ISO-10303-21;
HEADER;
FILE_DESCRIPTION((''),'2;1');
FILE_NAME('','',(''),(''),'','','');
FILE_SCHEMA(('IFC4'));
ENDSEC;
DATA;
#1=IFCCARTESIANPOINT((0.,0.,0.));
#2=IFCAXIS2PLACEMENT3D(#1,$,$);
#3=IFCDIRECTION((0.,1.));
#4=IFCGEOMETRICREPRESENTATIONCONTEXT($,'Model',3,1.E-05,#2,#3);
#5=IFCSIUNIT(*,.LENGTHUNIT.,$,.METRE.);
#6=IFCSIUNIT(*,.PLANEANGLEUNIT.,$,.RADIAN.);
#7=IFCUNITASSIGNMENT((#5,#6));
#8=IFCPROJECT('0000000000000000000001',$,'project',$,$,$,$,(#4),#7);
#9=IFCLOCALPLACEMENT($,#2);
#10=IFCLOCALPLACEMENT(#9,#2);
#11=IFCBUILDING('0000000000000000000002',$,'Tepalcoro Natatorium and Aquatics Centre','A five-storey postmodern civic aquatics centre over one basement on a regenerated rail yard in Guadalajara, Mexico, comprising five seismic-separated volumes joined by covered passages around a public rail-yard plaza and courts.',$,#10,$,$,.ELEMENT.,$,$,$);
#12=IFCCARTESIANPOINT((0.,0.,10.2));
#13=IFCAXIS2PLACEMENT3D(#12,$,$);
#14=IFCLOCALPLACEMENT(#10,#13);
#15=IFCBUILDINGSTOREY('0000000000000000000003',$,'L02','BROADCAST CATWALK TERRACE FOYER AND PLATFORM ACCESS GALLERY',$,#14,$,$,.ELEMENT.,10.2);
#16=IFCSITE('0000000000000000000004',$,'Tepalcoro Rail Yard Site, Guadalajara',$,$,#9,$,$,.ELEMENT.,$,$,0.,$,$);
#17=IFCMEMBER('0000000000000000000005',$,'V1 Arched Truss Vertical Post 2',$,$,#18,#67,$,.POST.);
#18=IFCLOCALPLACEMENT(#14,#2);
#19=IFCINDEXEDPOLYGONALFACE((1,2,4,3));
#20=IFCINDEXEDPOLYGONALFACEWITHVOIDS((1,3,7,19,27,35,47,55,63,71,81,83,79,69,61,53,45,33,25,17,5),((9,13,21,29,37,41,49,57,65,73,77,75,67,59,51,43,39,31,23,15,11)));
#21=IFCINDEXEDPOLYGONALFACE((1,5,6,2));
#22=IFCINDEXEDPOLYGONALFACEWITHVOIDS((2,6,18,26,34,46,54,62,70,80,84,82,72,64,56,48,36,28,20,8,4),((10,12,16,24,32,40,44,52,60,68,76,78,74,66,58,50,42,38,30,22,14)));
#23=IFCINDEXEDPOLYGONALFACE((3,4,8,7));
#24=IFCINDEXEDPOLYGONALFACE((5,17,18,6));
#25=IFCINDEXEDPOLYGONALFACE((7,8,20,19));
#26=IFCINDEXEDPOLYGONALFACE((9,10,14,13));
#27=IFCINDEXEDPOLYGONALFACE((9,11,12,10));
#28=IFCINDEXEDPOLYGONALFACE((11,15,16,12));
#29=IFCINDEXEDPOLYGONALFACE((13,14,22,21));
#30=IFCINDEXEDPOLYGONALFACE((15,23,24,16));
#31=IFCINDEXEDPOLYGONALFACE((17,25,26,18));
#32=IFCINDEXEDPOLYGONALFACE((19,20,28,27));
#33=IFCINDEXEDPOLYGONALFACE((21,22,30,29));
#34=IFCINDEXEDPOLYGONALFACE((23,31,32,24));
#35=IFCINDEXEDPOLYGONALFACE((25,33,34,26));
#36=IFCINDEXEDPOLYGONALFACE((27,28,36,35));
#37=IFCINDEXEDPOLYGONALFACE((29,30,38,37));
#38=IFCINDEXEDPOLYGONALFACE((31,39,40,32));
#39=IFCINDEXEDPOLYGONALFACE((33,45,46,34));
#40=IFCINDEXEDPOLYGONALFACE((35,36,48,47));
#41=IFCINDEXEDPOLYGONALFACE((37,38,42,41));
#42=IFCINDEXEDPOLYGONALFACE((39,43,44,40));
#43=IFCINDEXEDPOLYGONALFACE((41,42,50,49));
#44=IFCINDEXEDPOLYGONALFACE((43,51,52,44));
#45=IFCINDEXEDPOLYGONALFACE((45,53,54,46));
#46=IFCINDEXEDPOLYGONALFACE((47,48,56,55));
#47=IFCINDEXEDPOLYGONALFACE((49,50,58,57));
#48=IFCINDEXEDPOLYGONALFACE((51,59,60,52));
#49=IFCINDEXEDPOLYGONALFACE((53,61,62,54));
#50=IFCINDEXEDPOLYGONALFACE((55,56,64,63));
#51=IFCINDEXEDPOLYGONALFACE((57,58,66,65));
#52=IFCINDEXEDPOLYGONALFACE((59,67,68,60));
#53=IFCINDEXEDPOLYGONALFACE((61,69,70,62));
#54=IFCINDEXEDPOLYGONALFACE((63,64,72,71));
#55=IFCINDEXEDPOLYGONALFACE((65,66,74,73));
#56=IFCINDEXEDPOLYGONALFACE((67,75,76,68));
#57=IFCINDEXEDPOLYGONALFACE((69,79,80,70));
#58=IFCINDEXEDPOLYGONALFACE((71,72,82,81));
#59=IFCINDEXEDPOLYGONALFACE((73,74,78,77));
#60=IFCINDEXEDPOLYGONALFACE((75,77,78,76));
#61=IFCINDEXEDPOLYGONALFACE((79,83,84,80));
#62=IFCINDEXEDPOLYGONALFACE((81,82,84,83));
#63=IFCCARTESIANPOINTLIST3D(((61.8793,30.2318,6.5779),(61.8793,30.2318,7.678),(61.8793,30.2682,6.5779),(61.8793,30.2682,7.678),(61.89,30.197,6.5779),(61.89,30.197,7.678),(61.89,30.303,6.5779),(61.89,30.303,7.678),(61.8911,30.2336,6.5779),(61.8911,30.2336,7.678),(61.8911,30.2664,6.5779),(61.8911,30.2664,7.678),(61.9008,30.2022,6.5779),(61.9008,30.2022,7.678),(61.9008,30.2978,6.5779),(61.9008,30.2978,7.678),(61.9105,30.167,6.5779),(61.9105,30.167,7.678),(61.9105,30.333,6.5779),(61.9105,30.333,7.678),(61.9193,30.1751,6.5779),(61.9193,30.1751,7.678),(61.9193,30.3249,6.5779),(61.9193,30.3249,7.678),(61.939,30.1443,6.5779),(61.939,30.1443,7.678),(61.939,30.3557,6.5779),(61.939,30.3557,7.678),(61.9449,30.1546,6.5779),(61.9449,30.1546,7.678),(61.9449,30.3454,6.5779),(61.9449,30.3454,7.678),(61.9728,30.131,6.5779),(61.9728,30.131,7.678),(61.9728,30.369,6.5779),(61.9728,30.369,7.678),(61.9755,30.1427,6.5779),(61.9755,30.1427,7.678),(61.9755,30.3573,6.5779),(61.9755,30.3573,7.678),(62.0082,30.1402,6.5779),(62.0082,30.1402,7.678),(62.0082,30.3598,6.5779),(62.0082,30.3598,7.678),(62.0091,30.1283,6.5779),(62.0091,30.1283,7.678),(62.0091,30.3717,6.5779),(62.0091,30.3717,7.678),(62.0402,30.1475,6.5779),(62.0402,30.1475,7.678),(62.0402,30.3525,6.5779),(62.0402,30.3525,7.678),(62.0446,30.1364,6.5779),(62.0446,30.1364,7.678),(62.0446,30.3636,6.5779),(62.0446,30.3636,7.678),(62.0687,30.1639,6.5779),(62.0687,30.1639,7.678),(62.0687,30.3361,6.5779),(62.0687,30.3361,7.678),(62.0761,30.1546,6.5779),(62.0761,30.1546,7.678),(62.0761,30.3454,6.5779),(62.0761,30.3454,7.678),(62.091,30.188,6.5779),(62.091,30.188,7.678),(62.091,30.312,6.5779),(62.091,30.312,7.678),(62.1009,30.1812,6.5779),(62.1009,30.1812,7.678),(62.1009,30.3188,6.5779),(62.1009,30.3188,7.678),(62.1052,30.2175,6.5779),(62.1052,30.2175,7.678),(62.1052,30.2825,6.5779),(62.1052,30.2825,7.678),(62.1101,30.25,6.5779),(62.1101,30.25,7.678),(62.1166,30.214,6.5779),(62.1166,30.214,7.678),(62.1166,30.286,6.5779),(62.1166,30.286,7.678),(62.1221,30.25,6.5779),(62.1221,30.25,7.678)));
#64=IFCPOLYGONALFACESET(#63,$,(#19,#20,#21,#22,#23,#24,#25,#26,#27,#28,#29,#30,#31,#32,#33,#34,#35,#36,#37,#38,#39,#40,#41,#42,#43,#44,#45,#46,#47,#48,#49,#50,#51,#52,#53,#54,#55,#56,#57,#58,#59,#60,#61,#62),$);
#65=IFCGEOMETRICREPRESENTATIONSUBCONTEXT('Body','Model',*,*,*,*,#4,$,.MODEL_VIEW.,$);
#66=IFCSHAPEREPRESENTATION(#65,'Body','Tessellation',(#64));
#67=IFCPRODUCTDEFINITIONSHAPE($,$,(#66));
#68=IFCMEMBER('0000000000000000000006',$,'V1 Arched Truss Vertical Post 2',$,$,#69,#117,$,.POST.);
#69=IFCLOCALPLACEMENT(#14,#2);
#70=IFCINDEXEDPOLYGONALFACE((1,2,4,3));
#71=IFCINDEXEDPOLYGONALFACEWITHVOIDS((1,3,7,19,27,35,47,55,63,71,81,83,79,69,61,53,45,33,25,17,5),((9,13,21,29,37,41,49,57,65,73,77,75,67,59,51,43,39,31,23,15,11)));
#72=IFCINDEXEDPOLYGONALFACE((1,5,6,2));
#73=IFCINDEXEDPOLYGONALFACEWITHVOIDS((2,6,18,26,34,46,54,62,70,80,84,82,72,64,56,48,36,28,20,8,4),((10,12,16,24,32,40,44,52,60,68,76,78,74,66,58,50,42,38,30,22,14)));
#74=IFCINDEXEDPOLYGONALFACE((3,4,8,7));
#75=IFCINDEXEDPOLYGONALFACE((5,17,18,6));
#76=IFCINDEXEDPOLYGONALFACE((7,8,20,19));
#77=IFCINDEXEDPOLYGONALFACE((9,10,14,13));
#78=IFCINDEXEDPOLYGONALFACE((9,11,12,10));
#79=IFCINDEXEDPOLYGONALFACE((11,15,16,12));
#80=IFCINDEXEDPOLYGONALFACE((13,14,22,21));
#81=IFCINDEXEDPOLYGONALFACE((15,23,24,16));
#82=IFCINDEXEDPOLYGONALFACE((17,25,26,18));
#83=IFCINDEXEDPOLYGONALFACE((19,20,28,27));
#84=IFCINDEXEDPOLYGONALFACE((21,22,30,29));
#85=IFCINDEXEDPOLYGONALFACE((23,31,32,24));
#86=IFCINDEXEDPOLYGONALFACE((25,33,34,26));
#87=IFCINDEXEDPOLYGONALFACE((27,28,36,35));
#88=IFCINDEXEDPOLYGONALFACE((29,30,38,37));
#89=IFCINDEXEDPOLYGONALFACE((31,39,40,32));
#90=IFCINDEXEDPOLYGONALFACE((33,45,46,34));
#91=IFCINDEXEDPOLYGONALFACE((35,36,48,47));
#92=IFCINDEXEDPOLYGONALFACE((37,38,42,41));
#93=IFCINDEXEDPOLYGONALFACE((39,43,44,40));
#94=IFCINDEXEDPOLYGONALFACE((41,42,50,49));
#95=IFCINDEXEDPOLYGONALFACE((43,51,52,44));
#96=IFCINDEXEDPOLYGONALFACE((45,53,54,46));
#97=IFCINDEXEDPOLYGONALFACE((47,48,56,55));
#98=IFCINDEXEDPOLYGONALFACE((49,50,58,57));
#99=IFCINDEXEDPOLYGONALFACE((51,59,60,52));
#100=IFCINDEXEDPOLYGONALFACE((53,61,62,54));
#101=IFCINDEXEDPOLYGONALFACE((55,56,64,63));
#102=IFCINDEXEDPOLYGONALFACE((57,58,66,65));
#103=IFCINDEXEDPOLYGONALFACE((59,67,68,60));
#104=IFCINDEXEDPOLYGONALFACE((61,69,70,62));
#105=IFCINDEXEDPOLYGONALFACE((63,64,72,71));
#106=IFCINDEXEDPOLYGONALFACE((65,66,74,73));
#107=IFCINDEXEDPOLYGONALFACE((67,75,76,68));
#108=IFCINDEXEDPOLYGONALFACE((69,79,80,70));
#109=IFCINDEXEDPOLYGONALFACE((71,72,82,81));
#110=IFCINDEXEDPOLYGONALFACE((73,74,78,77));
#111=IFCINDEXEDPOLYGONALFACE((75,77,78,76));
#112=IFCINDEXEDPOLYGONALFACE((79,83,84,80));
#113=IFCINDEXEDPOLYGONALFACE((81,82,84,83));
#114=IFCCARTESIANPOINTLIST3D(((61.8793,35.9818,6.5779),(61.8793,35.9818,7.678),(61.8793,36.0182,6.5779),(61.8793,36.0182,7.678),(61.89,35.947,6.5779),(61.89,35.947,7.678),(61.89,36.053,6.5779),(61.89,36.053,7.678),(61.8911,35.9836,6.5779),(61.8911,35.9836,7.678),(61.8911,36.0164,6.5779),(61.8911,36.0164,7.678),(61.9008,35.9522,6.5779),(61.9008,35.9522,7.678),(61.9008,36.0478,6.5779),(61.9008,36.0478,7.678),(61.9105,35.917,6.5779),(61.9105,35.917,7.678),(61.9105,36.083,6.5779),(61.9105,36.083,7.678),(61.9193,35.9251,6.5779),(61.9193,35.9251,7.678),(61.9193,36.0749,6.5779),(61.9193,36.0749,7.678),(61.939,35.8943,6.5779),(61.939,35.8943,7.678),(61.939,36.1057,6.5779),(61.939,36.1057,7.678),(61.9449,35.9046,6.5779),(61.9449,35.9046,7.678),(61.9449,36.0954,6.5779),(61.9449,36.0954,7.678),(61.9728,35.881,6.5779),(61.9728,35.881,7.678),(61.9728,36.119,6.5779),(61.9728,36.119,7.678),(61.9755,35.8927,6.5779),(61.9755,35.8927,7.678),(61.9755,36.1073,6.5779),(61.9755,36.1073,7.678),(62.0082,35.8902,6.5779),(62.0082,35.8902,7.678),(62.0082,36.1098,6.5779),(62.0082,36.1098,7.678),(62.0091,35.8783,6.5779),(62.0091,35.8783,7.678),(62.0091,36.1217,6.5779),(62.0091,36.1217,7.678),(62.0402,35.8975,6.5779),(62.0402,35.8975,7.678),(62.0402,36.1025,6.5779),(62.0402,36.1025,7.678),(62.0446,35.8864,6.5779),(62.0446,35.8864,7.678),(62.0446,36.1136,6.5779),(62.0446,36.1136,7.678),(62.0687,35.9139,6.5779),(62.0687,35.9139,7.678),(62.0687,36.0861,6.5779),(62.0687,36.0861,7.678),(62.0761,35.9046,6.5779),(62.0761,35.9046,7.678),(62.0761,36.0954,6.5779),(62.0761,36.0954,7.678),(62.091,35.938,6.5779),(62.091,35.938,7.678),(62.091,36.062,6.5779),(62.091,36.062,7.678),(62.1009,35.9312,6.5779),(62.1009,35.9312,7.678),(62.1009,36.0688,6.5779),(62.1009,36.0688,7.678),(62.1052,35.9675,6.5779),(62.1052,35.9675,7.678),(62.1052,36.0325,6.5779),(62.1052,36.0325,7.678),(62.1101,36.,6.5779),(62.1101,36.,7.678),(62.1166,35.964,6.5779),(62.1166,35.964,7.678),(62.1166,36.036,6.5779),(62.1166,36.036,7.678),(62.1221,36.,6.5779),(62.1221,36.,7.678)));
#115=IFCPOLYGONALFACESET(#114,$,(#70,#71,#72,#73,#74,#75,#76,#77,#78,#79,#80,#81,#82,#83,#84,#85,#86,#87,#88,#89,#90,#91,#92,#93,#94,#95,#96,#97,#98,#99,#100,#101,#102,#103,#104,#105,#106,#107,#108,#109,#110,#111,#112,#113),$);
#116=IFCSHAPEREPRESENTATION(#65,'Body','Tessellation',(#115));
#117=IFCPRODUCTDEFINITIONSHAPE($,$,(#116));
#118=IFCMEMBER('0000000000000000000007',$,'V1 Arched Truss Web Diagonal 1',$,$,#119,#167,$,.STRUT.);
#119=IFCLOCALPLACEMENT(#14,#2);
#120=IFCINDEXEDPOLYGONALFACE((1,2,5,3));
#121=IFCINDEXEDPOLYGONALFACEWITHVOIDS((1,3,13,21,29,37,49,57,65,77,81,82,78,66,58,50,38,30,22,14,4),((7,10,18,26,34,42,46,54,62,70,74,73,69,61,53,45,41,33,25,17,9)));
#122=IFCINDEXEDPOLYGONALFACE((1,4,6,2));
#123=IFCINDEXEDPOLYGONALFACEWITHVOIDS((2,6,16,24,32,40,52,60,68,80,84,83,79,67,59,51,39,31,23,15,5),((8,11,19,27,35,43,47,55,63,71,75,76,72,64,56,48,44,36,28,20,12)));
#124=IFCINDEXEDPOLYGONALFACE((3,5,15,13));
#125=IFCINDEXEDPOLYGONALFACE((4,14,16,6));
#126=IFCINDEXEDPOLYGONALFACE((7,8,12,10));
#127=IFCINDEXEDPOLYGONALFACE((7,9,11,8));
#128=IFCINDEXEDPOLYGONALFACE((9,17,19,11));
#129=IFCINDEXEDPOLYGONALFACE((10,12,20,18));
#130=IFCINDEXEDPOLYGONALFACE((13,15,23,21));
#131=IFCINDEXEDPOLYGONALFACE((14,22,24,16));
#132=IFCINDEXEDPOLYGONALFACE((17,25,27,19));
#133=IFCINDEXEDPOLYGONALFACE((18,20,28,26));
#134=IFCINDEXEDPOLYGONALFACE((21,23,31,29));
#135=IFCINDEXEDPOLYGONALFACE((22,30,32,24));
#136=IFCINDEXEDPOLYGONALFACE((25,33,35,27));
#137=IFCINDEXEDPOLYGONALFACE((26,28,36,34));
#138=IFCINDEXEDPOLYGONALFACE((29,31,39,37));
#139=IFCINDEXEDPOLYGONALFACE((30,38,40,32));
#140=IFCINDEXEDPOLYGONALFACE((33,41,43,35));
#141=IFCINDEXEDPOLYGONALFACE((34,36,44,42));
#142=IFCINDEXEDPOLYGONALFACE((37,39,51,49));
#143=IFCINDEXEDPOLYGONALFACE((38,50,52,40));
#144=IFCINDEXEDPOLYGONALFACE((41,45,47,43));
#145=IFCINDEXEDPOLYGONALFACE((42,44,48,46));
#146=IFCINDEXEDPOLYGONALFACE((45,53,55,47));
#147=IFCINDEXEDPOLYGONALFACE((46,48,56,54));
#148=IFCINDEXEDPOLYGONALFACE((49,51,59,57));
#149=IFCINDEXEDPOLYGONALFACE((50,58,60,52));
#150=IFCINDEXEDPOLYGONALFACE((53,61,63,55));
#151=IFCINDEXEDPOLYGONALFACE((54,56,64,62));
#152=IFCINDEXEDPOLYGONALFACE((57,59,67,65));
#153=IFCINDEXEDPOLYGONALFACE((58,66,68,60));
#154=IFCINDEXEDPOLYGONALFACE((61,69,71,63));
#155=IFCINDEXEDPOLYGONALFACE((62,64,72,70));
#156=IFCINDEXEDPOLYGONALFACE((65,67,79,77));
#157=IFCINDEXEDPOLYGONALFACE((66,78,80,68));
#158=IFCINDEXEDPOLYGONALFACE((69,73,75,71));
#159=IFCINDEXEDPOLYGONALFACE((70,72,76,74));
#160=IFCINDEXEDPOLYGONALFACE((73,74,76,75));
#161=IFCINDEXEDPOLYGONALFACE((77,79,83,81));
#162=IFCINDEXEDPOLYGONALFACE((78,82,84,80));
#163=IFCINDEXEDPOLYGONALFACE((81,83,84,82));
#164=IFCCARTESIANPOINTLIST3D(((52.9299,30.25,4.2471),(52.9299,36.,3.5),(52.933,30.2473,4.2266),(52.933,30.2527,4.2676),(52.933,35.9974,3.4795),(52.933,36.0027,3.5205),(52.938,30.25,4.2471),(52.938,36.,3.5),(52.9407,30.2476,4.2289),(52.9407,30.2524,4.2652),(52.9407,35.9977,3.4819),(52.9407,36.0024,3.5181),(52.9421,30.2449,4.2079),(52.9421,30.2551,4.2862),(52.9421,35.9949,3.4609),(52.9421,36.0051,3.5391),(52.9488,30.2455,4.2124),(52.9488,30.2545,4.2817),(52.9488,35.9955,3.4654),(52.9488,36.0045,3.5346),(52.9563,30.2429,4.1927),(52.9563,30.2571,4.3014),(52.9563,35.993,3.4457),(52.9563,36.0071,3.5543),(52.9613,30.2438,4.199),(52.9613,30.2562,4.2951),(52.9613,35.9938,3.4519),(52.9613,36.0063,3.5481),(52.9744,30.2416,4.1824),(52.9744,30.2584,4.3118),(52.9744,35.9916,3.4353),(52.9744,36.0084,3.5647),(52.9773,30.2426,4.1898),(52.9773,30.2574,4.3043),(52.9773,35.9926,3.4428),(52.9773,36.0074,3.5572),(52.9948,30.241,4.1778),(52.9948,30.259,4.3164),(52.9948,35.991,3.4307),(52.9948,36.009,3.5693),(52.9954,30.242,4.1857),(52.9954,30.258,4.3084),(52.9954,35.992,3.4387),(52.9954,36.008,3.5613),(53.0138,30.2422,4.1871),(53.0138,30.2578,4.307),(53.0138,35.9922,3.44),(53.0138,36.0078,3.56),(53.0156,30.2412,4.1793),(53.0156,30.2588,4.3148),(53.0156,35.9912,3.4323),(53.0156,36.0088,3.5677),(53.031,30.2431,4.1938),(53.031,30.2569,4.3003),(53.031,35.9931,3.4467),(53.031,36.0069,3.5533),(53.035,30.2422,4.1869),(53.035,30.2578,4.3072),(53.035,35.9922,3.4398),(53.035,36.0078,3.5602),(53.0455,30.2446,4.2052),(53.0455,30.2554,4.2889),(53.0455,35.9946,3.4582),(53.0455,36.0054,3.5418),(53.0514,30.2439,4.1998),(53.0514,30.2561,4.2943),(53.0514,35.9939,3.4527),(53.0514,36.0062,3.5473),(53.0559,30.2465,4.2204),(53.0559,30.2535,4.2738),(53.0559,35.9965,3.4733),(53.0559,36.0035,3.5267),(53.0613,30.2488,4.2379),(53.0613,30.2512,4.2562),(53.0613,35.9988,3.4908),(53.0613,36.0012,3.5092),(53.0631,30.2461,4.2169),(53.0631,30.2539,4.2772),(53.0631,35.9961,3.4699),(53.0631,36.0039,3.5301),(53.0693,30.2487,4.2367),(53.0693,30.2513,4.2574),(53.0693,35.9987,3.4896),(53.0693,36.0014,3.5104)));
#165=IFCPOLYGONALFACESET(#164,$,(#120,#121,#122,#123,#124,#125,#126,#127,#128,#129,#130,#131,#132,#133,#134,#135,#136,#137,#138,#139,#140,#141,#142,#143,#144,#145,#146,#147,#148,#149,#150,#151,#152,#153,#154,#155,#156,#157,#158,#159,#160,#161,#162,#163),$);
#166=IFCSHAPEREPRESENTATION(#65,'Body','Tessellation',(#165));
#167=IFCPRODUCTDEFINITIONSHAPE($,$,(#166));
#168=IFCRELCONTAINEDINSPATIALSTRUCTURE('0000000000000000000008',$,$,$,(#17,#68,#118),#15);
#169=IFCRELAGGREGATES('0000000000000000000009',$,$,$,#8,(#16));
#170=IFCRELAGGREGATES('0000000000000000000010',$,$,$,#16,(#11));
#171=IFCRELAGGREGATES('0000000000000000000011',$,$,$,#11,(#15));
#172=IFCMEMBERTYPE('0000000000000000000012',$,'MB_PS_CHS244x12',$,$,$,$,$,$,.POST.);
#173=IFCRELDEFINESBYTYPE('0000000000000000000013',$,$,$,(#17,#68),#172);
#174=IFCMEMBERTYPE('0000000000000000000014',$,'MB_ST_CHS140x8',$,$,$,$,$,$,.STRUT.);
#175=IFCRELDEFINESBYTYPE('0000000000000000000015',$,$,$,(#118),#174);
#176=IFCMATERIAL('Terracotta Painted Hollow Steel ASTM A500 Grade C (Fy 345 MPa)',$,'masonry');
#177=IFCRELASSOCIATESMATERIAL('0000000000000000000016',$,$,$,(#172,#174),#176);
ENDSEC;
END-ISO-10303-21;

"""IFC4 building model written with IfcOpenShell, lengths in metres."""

from ifc_helpers import new_model, si_unit, direction, frame, origin, origin_2d, place, context, subcontext, project, spatial, hollow_circle, extrude, material, material_profile, profile_set, type_object, element, save


model = new_model("IFC4")

# Units and contexts
model_context = context("Model", 3, precision=1e-05, world=origin(), true_north=direction((0.0, 1.0)))
body_context = subcontext(model_context, "Body", "Model", "MODEL_VIEW")
ifc_project = project(units=[si_unit("LENGTHUNIT", "METRE"), si_unit("PLANEANGLEUNIT", "RADIAN")], contexts=[model_context])

# Site, building, storey
site_placement = place(None, origin())
site = spatial("IfcSite", under=ifc_project, at=site_placement, Name="Tepalcoro Rail Yard Site, Guadalajara", CompositionType="ELEMENT", RefElevation=0.0)
building_placement = place(site_placement, origin())
building = spatial("IfcBuilding", under=site, at=building_placement, Name="Tepalcoro Natatorium and Aquatics Centre", Description="A five-storey postmodern civic aquatics centre over one basement on a regenerated rail yard in Guadalajara, Mexico, comprising five seismic-separated volumes joined by covered passages around a public rail-yard plaza and courts.", CompositionType="ELEMENT")
storey_placement = place(building_placement, frame((0.0, 0.0, 10.2)))
storey = spatial("IfcBuildingStorey", under=building, at=storey_placement, Name="L02", Description="BROADCAST CATWALK TERRACE FOYER AND PLATFORM ACCESS GALLERY", CompositionType="ELEMENT", Elevation=10.2)

# Shared definitions
ifc_material_1 = material(Name="Terracotta Painted Hollow Steel ASTM A500 Grade C (Fy 345 MPa)", Category="masonry")

# Members
ifc_material_profile_1 = material_profile(ifc_material_1, hollow_circle(Radius=0.1221, WallThickness=0.012, at=origin_2d()), Name="CHS244X12")
ifc_profile_set_1 = profile_set([ifc_material_profile_1], Name="Terracotta Painted Hollow Steel ASTM A500 Grade C (Fy 345 MPa)")
member_type_1 = type_object("IfcMemberType", Name="MB_PS_CHS244x12", PredefinedType="POST", material=ifc_profile_set_1)
for number, where, z_axis, x_axis, name in (
    (1, (62.0, 30.25, 6.5779), (0.0, 0.0, 1.0), (1.0, 0.0, 0.0), "V1 Arched Truss Vertical Post 2"),
    (2, (62.0, 36.0, 6.5779), (0.0, 0.0, 1.0), (1.0, 0.0, 0.0), "V1 Arched Truss Vertical Post 2"),
):
    element("IfcMember", number, at=place(storey_placement, frame(where, z_axis=z_axis, x_axis=x_axis)), inside=storey, type_object=member_type_1, Name=name, PredefinedType="POST", context=body_context, shape_type="SweptSolid", body=[
        extrude(hollow_circle(Radius=0.1221, WallThickness=0.012, at=origin_2d()), origin(), (0.0, 0.0, 1.0), 1.1001),
    ])
ifc_material_profile_2 = material_profile(ifc_material_1, hollow_circle(Radius=0.0701, WallThickness=0.0081, at=origin_2d()), Name="CHS140X8")
ifc_profile_set_2 = profile_set([ifc_material_profile_2], Name="Terracotta Painted Hollow Steel ASTM A500 Grade C (Fy 345 MPa)")
member_type_2 = type_object("IfcMemberType", Name="MB_ST_CHS140x8", PredefinedType="STRUT", material=ifc_profile_set_2)
for number, where, z_axis, x_axis, name in (
    (3, (53.0, 30.25, 4.2471), (0.0, 0.991665, -0.128842), (-1.0, 0.0, 0.0), "V1 Arched Truss Web Diagonal 1"),
):
    element("IfcMember", number, at=place(storey_placement, frame(where, z_axis=z_axis, x_axis=x_axis)), inside=storey, type_object=member_type_2, Name=name, PredefinedType="STRUT", context=body_context, shape_type="SweptSolid", body=[
        extrude(hollow_circle(Radius=0.0701, WallThickness=0.0081, at=origin_2d()), origin(), (0.0, 0.0, 1.0), 5.7983),
    ])

save(model, "model.ifc")
